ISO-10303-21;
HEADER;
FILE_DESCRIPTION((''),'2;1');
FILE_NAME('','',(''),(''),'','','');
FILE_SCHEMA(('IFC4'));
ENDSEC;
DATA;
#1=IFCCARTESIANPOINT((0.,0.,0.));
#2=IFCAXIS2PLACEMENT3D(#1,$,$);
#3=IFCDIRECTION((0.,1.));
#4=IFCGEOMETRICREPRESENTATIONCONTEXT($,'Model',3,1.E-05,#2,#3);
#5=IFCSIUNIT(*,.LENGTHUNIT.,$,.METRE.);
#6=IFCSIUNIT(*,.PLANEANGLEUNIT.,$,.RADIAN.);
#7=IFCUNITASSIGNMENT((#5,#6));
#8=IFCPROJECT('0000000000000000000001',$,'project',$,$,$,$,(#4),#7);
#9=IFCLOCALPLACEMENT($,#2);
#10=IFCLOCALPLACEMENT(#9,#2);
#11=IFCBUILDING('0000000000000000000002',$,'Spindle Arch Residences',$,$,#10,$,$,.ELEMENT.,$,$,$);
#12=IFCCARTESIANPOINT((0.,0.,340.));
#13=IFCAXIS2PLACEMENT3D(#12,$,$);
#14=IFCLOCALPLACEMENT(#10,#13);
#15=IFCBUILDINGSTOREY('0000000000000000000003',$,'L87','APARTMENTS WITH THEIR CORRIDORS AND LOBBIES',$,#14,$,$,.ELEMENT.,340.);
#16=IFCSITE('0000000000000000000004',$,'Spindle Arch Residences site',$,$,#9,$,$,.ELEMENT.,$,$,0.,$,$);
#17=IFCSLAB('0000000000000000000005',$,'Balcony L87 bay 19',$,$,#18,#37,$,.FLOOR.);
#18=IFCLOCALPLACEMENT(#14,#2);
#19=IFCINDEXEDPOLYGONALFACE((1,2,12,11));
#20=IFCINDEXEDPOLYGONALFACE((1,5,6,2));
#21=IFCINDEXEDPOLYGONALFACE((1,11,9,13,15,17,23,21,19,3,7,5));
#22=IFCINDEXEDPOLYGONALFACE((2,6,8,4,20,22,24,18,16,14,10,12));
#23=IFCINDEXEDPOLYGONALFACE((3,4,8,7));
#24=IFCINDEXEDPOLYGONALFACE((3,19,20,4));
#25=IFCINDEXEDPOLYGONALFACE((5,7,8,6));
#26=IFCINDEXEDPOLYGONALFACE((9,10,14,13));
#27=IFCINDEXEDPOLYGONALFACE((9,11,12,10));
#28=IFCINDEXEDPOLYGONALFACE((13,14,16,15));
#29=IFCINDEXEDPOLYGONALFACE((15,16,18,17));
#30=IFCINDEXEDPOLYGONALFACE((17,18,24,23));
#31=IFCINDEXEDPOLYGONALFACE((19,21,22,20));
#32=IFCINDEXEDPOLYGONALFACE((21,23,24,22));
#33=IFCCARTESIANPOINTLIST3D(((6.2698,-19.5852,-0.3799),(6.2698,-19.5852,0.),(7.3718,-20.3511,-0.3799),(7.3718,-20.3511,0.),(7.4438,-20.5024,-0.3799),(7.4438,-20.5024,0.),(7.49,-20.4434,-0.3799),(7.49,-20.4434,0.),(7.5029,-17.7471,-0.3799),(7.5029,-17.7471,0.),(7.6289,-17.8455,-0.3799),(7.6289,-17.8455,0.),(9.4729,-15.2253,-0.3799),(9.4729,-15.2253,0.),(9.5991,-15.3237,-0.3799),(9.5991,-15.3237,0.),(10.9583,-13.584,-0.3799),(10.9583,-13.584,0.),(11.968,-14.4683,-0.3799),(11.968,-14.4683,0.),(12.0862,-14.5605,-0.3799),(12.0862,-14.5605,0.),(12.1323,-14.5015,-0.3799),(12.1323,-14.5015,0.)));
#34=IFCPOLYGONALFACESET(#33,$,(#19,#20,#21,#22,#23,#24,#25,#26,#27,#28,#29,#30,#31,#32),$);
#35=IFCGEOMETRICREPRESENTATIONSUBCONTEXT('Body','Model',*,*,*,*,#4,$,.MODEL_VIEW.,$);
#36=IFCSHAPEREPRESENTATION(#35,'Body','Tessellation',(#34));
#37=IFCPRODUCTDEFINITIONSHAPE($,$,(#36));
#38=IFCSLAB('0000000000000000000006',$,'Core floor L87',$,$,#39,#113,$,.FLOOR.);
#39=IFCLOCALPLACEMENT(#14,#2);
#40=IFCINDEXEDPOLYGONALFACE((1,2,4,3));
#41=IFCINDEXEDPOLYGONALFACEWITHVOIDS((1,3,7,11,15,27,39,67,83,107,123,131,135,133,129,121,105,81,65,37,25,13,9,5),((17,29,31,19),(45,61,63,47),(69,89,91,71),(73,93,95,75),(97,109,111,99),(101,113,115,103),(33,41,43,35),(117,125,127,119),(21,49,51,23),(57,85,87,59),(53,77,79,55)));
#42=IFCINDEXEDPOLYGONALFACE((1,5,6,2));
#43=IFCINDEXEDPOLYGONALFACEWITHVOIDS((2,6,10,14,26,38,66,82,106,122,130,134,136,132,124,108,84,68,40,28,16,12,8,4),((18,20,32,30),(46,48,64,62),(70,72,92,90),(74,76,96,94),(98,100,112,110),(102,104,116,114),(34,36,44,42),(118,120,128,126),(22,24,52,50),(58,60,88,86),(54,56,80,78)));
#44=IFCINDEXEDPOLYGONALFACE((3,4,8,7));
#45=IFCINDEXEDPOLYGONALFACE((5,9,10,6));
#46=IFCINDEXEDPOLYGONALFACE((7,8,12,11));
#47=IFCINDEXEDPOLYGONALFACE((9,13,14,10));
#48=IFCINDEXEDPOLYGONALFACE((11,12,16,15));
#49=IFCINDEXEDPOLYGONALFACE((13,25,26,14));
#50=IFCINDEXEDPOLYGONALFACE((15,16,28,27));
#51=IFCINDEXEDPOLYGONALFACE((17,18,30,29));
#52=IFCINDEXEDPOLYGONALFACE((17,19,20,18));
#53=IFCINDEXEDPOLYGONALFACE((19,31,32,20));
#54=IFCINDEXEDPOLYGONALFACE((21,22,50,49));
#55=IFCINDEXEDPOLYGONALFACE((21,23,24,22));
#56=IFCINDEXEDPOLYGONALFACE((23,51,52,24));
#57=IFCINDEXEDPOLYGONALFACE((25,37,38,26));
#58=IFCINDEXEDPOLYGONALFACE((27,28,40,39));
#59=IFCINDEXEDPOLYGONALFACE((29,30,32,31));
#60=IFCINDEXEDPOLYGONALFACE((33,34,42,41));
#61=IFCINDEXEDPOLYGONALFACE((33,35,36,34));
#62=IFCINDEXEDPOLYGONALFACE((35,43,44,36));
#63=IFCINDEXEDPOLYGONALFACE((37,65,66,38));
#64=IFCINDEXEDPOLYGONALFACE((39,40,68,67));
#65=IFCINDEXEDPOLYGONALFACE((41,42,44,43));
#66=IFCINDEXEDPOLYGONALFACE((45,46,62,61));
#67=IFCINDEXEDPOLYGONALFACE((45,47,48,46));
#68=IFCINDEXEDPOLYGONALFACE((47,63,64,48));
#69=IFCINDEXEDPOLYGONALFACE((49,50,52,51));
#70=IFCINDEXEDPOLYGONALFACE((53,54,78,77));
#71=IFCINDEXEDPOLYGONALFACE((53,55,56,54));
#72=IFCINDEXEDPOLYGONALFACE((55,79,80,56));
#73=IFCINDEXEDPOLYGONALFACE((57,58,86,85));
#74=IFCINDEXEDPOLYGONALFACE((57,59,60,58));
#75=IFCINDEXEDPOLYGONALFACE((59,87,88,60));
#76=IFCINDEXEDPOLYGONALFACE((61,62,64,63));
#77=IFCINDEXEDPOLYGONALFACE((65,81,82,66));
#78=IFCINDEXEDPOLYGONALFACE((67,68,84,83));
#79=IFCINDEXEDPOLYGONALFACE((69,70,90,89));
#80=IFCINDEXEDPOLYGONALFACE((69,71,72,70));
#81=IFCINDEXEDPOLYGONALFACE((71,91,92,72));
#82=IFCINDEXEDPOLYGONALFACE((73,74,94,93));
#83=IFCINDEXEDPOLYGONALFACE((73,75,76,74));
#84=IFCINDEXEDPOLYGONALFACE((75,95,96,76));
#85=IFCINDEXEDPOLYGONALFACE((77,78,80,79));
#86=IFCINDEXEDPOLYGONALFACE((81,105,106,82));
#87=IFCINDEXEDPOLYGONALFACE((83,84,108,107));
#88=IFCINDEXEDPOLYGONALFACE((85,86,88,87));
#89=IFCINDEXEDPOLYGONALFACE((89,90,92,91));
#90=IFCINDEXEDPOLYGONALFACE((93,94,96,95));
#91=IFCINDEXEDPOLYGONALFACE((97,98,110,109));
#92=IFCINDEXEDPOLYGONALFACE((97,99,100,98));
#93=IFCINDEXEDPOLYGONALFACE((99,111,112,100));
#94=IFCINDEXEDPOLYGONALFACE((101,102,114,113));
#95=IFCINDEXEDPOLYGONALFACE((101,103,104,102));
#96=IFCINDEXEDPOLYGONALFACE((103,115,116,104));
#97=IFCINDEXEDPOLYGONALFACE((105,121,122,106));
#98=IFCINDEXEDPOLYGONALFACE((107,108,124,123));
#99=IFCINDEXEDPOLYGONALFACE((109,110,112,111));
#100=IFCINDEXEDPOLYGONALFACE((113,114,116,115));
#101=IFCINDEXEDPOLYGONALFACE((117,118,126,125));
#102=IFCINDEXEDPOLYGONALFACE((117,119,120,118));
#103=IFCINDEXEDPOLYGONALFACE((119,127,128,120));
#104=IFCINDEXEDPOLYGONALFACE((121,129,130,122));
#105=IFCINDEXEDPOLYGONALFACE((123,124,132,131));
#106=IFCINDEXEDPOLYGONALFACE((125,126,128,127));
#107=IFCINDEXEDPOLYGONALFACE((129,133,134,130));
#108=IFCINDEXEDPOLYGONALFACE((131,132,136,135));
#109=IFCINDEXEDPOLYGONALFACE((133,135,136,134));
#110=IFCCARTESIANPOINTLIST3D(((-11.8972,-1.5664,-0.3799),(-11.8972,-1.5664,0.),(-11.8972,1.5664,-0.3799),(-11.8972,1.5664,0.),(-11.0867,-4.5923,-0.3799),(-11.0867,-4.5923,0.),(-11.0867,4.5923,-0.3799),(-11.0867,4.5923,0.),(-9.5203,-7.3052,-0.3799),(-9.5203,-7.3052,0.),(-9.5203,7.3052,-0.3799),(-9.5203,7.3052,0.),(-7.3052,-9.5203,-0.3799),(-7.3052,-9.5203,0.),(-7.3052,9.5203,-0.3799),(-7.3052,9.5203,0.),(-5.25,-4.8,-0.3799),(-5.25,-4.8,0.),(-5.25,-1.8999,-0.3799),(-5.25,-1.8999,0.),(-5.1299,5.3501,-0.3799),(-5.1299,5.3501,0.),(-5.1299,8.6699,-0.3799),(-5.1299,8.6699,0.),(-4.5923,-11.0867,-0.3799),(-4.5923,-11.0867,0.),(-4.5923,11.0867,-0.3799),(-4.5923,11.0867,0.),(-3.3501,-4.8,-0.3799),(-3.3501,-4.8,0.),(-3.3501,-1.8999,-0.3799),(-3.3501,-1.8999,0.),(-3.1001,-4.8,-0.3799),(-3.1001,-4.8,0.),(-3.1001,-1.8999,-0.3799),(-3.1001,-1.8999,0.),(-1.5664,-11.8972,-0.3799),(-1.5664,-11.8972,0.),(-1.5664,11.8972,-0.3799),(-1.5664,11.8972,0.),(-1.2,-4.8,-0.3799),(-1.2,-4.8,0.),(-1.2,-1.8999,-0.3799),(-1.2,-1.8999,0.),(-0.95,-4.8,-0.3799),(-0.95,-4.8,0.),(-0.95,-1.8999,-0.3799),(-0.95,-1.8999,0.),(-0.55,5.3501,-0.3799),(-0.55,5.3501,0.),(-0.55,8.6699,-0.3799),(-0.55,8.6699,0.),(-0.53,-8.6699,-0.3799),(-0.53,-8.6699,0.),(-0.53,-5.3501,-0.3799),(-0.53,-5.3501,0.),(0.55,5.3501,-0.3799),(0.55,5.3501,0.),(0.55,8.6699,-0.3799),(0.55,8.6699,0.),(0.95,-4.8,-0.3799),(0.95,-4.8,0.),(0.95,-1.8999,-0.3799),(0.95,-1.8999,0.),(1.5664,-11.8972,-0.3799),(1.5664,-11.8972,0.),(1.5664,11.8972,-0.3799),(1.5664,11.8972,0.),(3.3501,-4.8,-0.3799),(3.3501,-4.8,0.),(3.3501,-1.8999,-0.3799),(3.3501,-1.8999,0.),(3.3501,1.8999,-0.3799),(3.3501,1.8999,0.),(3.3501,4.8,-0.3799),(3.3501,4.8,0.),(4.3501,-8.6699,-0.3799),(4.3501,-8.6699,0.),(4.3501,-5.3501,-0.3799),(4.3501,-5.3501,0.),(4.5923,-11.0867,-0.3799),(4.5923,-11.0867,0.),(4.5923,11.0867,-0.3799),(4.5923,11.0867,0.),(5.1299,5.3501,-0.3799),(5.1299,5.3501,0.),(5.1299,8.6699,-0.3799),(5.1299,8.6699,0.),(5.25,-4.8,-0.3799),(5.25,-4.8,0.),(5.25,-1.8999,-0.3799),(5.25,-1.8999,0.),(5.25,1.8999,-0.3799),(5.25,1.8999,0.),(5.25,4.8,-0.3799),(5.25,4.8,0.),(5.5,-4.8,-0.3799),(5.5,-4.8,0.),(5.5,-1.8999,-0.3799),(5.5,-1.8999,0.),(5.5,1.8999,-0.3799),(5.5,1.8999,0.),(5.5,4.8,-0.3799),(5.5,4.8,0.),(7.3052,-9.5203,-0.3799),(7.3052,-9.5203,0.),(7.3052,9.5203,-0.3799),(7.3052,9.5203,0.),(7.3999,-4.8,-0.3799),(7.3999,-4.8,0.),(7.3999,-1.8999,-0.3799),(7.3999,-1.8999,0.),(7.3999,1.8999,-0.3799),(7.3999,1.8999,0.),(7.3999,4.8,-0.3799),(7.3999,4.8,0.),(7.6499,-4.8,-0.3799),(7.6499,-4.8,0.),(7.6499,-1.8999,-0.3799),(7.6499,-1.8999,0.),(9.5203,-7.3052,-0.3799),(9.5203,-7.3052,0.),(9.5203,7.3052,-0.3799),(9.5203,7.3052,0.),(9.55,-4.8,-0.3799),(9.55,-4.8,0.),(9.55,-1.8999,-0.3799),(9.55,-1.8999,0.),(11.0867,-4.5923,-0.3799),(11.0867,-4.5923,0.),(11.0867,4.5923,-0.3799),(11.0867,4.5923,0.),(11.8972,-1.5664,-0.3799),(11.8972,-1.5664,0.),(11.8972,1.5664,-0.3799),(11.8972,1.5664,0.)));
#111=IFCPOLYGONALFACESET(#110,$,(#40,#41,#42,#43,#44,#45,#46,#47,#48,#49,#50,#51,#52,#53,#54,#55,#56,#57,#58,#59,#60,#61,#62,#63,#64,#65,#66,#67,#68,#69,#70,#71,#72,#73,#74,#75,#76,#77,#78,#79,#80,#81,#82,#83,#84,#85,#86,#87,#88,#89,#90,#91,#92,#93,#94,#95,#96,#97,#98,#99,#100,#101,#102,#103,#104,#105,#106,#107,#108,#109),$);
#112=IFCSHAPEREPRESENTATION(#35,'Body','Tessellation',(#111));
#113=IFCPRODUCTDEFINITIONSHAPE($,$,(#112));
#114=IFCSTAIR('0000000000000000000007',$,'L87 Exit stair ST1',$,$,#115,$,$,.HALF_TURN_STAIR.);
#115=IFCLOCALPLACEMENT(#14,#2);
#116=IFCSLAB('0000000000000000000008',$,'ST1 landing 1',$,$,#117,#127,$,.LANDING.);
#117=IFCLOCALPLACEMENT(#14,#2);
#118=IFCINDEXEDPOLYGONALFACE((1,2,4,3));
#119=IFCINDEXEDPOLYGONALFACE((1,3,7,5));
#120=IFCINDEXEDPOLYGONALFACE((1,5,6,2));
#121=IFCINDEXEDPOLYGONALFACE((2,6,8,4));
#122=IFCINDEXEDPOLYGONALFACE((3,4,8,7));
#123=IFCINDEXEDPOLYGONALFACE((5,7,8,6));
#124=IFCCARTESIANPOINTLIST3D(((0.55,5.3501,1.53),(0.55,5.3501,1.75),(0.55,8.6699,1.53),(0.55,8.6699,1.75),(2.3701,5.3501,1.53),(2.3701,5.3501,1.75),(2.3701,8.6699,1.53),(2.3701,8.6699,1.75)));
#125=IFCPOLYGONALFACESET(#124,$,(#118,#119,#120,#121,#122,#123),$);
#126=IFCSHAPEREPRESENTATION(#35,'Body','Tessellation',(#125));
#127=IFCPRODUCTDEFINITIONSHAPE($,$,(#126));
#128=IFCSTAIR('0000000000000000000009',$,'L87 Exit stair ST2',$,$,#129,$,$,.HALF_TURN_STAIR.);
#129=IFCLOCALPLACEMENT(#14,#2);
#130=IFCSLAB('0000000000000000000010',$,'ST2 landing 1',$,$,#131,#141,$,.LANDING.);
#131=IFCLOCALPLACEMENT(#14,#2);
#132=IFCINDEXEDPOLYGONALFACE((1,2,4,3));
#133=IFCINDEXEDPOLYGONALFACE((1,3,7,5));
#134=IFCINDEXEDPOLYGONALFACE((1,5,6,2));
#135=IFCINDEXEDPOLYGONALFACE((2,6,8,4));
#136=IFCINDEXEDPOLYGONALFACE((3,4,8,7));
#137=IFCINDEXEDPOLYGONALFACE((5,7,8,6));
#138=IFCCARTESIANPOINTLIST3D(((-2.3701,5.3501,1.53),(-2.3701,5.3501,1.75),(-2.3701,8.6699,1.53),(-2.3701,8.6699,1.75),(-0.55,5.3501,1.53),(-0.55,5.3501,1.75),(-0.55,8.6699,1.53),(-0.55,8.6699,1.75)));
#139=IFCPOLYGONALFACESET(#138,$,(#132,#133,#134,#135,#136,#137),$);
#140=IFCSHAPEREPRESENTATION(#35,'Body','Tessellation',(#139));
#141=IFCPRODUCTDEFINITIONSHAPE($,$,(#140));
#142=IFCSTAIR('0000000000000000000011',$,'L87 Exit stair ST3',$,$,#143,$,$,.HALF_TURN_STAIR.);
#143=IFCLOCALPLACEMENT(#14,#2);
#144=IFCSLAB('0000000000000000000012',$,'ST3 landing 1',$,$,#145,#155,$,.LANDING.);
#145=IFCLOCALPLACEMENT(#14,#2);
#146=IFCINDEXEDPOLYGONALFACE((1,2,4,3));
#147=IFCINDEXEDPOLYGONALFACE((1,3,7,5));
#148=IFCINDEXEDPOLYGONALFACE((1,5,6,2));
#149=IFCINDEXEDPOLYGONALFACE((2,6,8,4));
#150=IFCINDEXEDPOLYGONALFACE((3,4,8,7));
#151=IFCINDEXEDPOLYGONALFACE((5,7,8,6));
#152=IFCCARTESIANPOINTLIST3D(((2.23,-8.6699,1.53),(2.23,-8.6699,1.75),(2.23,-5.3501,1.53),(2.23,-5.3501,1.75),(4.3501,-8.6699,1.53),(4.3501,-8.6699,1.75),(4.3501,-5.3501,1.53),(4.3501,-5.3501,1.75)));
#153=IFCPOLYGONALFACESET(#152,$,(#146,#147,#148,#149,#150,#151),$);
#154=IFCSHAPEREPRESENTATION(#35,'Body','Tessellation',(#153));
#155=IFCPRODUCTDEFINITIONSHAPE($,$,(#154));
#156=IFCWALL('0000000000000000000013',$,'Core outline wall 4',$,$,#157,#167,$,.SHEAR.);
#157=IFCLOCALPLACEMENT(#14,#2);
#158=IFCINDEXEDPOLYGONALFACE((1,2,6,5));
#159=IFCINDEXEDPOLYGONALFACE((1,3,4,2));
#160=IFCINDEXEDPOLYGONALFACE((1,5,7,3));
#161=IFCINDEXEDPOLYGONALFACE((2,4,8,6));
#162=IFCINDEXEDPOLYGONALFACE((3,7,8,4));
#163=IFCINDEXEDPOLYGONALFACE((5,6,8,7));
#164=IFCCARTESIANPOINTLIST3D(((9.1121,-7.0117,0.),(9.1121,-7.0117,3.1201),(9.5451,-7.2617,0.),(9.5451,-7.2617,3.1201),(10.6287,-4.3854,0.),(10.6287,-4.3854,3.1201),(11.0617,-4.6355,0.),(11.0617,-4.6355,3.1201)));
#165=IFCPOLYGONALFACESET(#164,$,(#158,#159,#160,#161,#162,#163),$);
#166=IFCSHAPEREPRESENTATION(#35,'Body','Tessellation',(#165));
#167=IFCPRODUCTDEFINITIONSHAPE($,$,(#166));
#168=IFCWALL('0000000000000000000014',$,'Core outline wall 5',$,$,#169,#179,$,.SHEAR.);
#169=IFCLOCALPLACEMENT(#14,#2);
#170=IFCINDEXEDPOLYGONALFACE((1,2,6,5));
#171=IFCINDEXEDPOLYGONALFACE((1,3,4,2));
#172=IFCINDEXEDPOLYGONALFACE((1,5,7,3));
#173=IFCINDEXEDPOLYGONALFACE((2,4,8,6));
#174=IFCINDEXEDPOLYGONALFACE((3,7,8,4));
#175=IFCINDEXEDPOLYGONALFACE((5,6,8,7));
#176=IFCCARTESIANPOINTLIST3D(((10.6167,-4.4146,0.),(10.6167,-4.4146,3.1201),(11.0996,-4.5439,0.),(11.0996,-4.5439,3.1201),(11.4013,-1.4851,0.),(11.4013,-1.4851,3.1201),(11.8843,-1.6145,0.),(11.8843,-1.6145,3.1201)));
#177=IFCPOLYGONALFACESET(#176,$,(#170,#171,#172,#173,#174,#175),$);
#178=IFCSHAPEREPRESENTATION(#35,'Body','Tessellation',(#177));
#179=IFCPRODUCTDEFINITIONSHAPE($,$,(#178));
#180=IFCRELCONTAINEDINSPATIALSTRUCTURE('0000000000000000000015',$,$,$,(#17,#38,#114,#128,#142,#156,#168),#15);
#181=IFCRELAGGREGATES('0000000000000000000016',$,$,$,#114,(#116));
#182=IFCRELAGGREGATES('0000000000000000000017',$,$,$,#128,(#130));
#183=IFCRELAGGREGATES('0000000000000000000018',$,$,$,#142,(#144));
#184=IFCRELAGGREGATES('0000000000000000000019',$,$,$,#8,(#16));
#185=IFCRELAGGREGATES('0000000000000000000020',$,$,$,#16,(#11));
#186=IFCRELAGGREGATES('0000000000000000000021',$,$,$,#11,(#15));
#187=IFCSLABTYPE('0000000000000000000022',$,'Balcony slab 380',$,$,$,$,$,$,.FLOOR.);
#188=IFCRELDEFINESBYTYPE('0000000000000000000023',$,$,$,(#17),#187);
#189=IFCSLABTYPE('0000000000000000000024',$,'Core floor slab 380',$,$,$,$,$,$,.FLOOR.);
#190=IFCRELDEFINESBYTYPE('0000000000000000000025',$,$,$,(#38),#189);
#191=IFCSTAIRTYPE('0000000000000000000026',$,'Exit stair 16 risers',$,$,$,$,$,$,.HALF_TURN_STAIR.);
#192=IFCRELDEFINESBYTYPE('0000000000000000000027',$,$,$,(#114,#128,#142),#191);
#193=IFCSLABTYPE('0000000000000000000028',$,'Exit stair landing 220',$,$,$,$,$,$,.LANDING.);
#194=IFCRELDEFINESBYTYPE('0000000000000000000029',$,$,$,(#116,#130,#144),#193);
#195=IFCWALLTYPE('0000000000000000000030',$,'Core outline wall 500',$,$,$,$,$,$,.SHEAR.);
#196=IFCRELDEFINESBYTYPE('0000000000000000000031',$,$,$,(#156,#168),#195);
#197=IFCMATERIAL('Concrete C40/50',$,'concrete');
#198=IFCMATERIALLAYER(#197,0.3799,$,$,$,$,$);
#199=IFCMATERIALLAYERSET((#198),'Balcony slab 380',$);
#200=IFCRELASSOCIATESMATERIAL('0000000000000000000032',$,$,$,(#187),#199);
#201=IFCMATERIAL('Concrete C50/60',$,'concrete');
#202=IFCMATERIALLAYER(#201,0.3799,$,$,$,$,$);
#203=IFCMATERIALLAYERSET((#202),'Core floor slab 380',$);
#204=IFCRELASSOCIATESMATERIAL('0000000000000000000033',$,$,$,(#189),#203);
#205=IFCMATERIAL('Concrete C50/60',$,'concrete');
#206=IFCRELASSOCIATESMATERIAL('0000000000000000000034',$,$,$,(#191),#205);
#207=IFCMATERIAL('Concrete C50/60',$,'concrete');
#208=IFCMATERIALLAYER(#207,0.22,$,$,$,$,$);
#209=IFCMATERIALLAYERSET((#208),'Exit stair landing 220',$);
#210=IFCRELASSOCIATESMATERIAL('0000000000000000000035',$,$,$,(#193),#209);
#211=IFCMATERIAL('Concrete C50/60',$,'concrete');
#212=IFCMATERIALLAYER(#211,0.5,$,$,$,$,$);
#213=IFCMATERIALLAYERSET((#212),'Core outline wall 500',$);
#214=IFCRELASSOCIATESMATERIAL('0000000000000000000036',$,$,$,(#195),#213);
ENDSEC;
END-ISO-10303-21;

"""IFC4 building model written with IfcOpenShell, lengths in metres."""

from ifc_helpers import new_model, si_unit, direction, frame, frame_2d, origin, place, context, subcontext, project, spatial, polyline, rectangle, outline, extrude, material, layer, layer_set, type_object, element, aggregate, save


model = new_model("IFC4")

# Units and contexts
model_context = context("Model", 3, precision=1e-05, world=origin(), true_north=direction((0.0, 1.0)))
body_context = subcontext(model_context, "Body", "Model", "MODEL_VIEW")
ifc_project = project(units=[si_unit("LENGTHUNIT", "METRE"), si_unit("PLANEANGLEUNIT", "RADIAN")], contexts=[model_context])

# Site, building, storey
site_placement = place(None, origin())
site = spatial("IfcSite", under=ifc_project, at=site_placement, Name="Spindle Arch Residences site", CompositionType="ELEMENT", RefElevation=0.0)
building_placement = place(site_placement, origin())
building = spatial("IfcBuilding", under=site, at=building_placement, Name="Spindle Arch Residences", CompositionType="ELEMENT")
storey_placement = place(building_placement, frame((0.0, 0.0, 340.0)))
storey = spatial("IfcBuildingStorey", under=building, at=storey_placement, Name="L87", Description="APARTMENTS WITH THEIR CORRIDORS AND LOBBIES", CompositionType="ELEMENT", Elevation=340.0)

# Slabs
ifc_material_1 = material(Name="Concrete C40/50", Category="concrete")
ifc_layer_1 = layer(ifc_material_1, 0.3799)
ifc_layer_set_1 = layer_set([ifc_layer_1], Name="Balcony slab 380")
slab_type_1 = type_object("IfcSlabType", Name="Balcony slab 380", PredefinedType="FLOOR", material=ifc_layer_set_1)
slab_1_placement = place(storey_placement, frame((0.0, 0.0, -0.3799)))
element("IfcSlab", 1, at=slab_1_placement, inside=storey, type_object=slab_type_1, Name="Balcony L87 bay 19", PredefinedType="FLOOR", context=body_context, shape_type="SweptSolid", body=[
    extrude(outline(polyline([(7.4438, -20.5024), (7.49, -20.4434), (7.3718, -20.3511), (11.968, -14.4683), (12.0862, -14.5605), (12.1323, -14.5015), (10.9583, -13.584), (9.5991, -15.3237), (9.4729, -15.2253), (7.5029, -17.7471), (7.6289, -17.8455), (6.2698, -19.5852), (7.4438, -20.5024)])), origin(), (0.0, 0.0, 1.0), 0.3799),
])
ifc_material_2 = material(Name="Concrete C50/60", Category="concrete")
ifc_layer_2 = layer(ifc_material_2, 0.3799)
ifc_layer_set_2 = layer_set([ifc_layer_2], Name="Core floor slab 380")
slab_type_2 = type_object("IfcSlabType", Name="Core floor slab 380", PredefinedType="FLOOR", material=ifc_layer_set_2)
slab_2_placement = place(storey_placement, frame((0.0, 0.0, -0.3799)))
element("IfcSlab", 2, at=slab_2_placement, inside=storey, type_object=slab_type_2, Name="Core floor L87", PredefinedType="FLOOR", context=body_context, shape_type="SweptSolid", body=[
    extrude(outline(polyline([(1.5664, -11.8972), (4.5923, -11.0867), (7.3052, -9.5203), (9.5203, -7.3052), (11.0867, -4.5923), (11.8972, -1.5664), (11.8972, 1.5664), (11.0867, 4.5923), (9.5203, 7.3052), (7.3052, 9.5203), (4.5923, 11.0867), (1.5664, 11.8972), (-1.5664, 11.8972), (-4.5923, 11.0867), (-7.3052, 9.5203), (-9.5203, 7.3052), (-11.0867, 4.5923), (-11.8972, 1.5664), (-11.8972, -1.5664), (-11.0867, -4.5923), (-9.5203, -7.3052), (-7.3052, -9.5203), (-4.5923, -11.0867), (-1.5664, -11.8972), (1.5664, -11.8972)]), holes=[polyline([(3.3501, 1.8999), (5.25, 1.8999), (5.25, 4.8), (3.3501, 4.8), (3.3501, 1.8999)]), polyline([(5.5, 1.8999), (7.3999, 1.8999), (7.3999, 4.8), (5.5, 4.8), (5.5, 1.8999)]), polyline([(-5.25, -4.8), (-3.3501, -4.8), (-3.3501, -1.8999), (-5.25, -1.8999), (-5.25, -4.8)]), polyline([(-3.1001, -4.8), (-1.2, -4.8), (-1.2, -1.8999), (-3.1001, -1.8999), (-3.1001, -4.8)]), polyline([(-0.95, -4.8), (0.95, -4.8), (0.95, -1.8999), (-0.95, -1.8999), (-0.95, -4.8)]), polyline([(3.3501, -4.8), (5.25, -4.8), (5.25, -1.8999), (3.3501, -1.8999), (3.3501, -4.8)]), polyline([(5.5, -4.8), (7.3999, -4.8), (7.3999, -1.8999), (5.5, -1.8999), (5.5, -4.8)]), polyline([(7.6499, -4.8), (9.55, -4.8), (9.55, -1.8999), (7.6499, -1.8999), (7.6499, -4.8)]), polyline([(5.1299, 8.6699), (0.55, 8.6699), (0.55, 5.3501), (5.1299, 5.3501), (5.1299, 8.6699)]), polyline([(-5.1299, 5.3501), (-0.55, 5.3501), (-0.55, 8.6699), (-5.1299, 8.6699), (-5.1299, 5.3501)]), polyline([(-0.53, -8.6699), (4.3501, -8.6699), (4.3501, -5.3501), (-0.53, -5.3501), (-0.53, -8.6699)])]), origin(), (0.0, 0.0, 1.0), 0.3799),
])

# Stairs, slabs
ifc_material_3 = material(Name="Concrete C50/60", Category="concrete")
stair_type = type_object("IfcStairType", Name="Exit stair 16 risers", PredefinedType="HALF_TURN_STAIR", material=ifc_material_3)
stair_1_placement = place(storey_placement, origin())
stair_1 = element("IfcStair", 3, at=stair_1_placement, inside=storey, type_object=stair_type, Name="L87 Exit stair ST1", PredefinedType="HALF_TURN_STAIR")
ifc_material_4 = material(Name="Concrete C50/60", Category="concrete")
ifc_layer_3 = layer(ifc_material_4, 0.22)
ifc_layer_set_3 = layer_set([ifc_layer_3], Name="Exit stair landing 220")
slab_type_3 = type_object("IfcSlabType", Name="Exit stair landing 220", PredefinedType="LANDING", material=ifc_layer_set_3)
slab_3_placement = place(storey_placement, frame((0.0, 0.0, 1.53)))
slab_3 = element("IfcSlab", 4, at=slab_3_placement, type_object=slab_type_3, Name="ST1 landing 1", PredefinedType="LANDING", context=body_context, shape_type="SweptSolid", body=[
    extrude(outline(polyline([(2.3701, 8.6699), (0.55, 8.6699), (0.55, 5.3501), (2.3701, 5.3501), (2.3701, 8.6699)])), origin(), (0.0, 0.0, 1.0), 0.22),
])
aggregate(stair_1, [slab_3])
stair_2_placement = place(storey_placement, origin())
stair_2 = element("IfcStair", 5, at=stair_2_placement, inside=storey, type_object=stair_type, Name="L87 Exit stair ST2", PredefinedType="HALF_TURN_STAIR")
slab_4_placement = place(storey_placement, frame((0.0, 0.0, 1.53)))
slab_4 = element("IfcSlab", 6, at=slab_4_placement, type_object=slab_type_3, Name="ST2 landing 1", PredefinedType="LANDING", context=body_context, shape_type="SweptSolid", body=[
    extrude(outline(polyline([(-2.3701, 5.3501), (-0.55, 5.3501), (-0.55, 8.6699), (-2.3701, 8.6699), (-2.3701, 5.3501)])), origin(), (0.0, 0.0, 1.0), 0.22),
])
aggregate(stair_2, [slab_4])
stair_3_placement = place(storey_placement, origin())
stair_3 = element("IfcStair", 7, at=stair_3_placement, inside=storey, type_object=stair_type, Name="L87 Exit stair ST3", PredefinedType="HALF_TURN_STAIR")
slab_5_placement = place(storey_placement, frame((0.0, 0.0, 1.53)))
slab_5 = element("IfcSlab", 8, at=slab_5_placement, type_object=slab_type_3, Name="ST3 landing 1", PredefinedType="LANDING", context=body_context, shape_type="SweptSolid", body=[
    extrude(outline(polyline([(2.23, -8.6699), (4.3501, -8.6699), (4.3501, -5.3501), (2.23, -5.3501), (2.23, -8.6699)])), origin(), (0.0, 0.0, 1.0), 0.22),
])

# Walls
ifc_material_5 = material(Name="Concrete C50/60", Category="concrete")
ifc_layer_4 = layer(ifc_material_5, 0.5)
ifc_layer_set_4 = layer_set([ifc_layer_4], Name="Core outline wall 500")
wall_type_1 = type_object("IfcWallType", Name="Core outline wall 500", PredefinedType="SHEAR", material=ifc_layer_set_4)
for number, where, z_axis, x_axis, name in (
    (9, (9.3286, -7.1367, 0.0), (0.0, 0.0, 1.0), (0.500087, 0.865975, 0.0), "Core outline wall 4"),
    (10, (10.8582, -4.4792, 0.0), (0.0, 0.0, 1.0), (0.258735, 0.965948, 0.0), "Core outline wall 5"),
):
    element("IfcWall", number, at=place(storey_placement, frame(where, z_axis=z_axis, x_axis=x_axis)), inside=storey, type_object=wall_type_1, Name=name, PredefinedType="SHEAR", context=body_context, shape_type="SweptSolid", body=[
        extrude(rectangle(XDim=3.0327, YDim=0.5, at=frame_2d((1.5164, 0.0))), origin(), (0.0, 0.0, 1.0), 3.1201),
    ])

aggregate(stair_3, [slab_5])

save(model, "model.ifc")
